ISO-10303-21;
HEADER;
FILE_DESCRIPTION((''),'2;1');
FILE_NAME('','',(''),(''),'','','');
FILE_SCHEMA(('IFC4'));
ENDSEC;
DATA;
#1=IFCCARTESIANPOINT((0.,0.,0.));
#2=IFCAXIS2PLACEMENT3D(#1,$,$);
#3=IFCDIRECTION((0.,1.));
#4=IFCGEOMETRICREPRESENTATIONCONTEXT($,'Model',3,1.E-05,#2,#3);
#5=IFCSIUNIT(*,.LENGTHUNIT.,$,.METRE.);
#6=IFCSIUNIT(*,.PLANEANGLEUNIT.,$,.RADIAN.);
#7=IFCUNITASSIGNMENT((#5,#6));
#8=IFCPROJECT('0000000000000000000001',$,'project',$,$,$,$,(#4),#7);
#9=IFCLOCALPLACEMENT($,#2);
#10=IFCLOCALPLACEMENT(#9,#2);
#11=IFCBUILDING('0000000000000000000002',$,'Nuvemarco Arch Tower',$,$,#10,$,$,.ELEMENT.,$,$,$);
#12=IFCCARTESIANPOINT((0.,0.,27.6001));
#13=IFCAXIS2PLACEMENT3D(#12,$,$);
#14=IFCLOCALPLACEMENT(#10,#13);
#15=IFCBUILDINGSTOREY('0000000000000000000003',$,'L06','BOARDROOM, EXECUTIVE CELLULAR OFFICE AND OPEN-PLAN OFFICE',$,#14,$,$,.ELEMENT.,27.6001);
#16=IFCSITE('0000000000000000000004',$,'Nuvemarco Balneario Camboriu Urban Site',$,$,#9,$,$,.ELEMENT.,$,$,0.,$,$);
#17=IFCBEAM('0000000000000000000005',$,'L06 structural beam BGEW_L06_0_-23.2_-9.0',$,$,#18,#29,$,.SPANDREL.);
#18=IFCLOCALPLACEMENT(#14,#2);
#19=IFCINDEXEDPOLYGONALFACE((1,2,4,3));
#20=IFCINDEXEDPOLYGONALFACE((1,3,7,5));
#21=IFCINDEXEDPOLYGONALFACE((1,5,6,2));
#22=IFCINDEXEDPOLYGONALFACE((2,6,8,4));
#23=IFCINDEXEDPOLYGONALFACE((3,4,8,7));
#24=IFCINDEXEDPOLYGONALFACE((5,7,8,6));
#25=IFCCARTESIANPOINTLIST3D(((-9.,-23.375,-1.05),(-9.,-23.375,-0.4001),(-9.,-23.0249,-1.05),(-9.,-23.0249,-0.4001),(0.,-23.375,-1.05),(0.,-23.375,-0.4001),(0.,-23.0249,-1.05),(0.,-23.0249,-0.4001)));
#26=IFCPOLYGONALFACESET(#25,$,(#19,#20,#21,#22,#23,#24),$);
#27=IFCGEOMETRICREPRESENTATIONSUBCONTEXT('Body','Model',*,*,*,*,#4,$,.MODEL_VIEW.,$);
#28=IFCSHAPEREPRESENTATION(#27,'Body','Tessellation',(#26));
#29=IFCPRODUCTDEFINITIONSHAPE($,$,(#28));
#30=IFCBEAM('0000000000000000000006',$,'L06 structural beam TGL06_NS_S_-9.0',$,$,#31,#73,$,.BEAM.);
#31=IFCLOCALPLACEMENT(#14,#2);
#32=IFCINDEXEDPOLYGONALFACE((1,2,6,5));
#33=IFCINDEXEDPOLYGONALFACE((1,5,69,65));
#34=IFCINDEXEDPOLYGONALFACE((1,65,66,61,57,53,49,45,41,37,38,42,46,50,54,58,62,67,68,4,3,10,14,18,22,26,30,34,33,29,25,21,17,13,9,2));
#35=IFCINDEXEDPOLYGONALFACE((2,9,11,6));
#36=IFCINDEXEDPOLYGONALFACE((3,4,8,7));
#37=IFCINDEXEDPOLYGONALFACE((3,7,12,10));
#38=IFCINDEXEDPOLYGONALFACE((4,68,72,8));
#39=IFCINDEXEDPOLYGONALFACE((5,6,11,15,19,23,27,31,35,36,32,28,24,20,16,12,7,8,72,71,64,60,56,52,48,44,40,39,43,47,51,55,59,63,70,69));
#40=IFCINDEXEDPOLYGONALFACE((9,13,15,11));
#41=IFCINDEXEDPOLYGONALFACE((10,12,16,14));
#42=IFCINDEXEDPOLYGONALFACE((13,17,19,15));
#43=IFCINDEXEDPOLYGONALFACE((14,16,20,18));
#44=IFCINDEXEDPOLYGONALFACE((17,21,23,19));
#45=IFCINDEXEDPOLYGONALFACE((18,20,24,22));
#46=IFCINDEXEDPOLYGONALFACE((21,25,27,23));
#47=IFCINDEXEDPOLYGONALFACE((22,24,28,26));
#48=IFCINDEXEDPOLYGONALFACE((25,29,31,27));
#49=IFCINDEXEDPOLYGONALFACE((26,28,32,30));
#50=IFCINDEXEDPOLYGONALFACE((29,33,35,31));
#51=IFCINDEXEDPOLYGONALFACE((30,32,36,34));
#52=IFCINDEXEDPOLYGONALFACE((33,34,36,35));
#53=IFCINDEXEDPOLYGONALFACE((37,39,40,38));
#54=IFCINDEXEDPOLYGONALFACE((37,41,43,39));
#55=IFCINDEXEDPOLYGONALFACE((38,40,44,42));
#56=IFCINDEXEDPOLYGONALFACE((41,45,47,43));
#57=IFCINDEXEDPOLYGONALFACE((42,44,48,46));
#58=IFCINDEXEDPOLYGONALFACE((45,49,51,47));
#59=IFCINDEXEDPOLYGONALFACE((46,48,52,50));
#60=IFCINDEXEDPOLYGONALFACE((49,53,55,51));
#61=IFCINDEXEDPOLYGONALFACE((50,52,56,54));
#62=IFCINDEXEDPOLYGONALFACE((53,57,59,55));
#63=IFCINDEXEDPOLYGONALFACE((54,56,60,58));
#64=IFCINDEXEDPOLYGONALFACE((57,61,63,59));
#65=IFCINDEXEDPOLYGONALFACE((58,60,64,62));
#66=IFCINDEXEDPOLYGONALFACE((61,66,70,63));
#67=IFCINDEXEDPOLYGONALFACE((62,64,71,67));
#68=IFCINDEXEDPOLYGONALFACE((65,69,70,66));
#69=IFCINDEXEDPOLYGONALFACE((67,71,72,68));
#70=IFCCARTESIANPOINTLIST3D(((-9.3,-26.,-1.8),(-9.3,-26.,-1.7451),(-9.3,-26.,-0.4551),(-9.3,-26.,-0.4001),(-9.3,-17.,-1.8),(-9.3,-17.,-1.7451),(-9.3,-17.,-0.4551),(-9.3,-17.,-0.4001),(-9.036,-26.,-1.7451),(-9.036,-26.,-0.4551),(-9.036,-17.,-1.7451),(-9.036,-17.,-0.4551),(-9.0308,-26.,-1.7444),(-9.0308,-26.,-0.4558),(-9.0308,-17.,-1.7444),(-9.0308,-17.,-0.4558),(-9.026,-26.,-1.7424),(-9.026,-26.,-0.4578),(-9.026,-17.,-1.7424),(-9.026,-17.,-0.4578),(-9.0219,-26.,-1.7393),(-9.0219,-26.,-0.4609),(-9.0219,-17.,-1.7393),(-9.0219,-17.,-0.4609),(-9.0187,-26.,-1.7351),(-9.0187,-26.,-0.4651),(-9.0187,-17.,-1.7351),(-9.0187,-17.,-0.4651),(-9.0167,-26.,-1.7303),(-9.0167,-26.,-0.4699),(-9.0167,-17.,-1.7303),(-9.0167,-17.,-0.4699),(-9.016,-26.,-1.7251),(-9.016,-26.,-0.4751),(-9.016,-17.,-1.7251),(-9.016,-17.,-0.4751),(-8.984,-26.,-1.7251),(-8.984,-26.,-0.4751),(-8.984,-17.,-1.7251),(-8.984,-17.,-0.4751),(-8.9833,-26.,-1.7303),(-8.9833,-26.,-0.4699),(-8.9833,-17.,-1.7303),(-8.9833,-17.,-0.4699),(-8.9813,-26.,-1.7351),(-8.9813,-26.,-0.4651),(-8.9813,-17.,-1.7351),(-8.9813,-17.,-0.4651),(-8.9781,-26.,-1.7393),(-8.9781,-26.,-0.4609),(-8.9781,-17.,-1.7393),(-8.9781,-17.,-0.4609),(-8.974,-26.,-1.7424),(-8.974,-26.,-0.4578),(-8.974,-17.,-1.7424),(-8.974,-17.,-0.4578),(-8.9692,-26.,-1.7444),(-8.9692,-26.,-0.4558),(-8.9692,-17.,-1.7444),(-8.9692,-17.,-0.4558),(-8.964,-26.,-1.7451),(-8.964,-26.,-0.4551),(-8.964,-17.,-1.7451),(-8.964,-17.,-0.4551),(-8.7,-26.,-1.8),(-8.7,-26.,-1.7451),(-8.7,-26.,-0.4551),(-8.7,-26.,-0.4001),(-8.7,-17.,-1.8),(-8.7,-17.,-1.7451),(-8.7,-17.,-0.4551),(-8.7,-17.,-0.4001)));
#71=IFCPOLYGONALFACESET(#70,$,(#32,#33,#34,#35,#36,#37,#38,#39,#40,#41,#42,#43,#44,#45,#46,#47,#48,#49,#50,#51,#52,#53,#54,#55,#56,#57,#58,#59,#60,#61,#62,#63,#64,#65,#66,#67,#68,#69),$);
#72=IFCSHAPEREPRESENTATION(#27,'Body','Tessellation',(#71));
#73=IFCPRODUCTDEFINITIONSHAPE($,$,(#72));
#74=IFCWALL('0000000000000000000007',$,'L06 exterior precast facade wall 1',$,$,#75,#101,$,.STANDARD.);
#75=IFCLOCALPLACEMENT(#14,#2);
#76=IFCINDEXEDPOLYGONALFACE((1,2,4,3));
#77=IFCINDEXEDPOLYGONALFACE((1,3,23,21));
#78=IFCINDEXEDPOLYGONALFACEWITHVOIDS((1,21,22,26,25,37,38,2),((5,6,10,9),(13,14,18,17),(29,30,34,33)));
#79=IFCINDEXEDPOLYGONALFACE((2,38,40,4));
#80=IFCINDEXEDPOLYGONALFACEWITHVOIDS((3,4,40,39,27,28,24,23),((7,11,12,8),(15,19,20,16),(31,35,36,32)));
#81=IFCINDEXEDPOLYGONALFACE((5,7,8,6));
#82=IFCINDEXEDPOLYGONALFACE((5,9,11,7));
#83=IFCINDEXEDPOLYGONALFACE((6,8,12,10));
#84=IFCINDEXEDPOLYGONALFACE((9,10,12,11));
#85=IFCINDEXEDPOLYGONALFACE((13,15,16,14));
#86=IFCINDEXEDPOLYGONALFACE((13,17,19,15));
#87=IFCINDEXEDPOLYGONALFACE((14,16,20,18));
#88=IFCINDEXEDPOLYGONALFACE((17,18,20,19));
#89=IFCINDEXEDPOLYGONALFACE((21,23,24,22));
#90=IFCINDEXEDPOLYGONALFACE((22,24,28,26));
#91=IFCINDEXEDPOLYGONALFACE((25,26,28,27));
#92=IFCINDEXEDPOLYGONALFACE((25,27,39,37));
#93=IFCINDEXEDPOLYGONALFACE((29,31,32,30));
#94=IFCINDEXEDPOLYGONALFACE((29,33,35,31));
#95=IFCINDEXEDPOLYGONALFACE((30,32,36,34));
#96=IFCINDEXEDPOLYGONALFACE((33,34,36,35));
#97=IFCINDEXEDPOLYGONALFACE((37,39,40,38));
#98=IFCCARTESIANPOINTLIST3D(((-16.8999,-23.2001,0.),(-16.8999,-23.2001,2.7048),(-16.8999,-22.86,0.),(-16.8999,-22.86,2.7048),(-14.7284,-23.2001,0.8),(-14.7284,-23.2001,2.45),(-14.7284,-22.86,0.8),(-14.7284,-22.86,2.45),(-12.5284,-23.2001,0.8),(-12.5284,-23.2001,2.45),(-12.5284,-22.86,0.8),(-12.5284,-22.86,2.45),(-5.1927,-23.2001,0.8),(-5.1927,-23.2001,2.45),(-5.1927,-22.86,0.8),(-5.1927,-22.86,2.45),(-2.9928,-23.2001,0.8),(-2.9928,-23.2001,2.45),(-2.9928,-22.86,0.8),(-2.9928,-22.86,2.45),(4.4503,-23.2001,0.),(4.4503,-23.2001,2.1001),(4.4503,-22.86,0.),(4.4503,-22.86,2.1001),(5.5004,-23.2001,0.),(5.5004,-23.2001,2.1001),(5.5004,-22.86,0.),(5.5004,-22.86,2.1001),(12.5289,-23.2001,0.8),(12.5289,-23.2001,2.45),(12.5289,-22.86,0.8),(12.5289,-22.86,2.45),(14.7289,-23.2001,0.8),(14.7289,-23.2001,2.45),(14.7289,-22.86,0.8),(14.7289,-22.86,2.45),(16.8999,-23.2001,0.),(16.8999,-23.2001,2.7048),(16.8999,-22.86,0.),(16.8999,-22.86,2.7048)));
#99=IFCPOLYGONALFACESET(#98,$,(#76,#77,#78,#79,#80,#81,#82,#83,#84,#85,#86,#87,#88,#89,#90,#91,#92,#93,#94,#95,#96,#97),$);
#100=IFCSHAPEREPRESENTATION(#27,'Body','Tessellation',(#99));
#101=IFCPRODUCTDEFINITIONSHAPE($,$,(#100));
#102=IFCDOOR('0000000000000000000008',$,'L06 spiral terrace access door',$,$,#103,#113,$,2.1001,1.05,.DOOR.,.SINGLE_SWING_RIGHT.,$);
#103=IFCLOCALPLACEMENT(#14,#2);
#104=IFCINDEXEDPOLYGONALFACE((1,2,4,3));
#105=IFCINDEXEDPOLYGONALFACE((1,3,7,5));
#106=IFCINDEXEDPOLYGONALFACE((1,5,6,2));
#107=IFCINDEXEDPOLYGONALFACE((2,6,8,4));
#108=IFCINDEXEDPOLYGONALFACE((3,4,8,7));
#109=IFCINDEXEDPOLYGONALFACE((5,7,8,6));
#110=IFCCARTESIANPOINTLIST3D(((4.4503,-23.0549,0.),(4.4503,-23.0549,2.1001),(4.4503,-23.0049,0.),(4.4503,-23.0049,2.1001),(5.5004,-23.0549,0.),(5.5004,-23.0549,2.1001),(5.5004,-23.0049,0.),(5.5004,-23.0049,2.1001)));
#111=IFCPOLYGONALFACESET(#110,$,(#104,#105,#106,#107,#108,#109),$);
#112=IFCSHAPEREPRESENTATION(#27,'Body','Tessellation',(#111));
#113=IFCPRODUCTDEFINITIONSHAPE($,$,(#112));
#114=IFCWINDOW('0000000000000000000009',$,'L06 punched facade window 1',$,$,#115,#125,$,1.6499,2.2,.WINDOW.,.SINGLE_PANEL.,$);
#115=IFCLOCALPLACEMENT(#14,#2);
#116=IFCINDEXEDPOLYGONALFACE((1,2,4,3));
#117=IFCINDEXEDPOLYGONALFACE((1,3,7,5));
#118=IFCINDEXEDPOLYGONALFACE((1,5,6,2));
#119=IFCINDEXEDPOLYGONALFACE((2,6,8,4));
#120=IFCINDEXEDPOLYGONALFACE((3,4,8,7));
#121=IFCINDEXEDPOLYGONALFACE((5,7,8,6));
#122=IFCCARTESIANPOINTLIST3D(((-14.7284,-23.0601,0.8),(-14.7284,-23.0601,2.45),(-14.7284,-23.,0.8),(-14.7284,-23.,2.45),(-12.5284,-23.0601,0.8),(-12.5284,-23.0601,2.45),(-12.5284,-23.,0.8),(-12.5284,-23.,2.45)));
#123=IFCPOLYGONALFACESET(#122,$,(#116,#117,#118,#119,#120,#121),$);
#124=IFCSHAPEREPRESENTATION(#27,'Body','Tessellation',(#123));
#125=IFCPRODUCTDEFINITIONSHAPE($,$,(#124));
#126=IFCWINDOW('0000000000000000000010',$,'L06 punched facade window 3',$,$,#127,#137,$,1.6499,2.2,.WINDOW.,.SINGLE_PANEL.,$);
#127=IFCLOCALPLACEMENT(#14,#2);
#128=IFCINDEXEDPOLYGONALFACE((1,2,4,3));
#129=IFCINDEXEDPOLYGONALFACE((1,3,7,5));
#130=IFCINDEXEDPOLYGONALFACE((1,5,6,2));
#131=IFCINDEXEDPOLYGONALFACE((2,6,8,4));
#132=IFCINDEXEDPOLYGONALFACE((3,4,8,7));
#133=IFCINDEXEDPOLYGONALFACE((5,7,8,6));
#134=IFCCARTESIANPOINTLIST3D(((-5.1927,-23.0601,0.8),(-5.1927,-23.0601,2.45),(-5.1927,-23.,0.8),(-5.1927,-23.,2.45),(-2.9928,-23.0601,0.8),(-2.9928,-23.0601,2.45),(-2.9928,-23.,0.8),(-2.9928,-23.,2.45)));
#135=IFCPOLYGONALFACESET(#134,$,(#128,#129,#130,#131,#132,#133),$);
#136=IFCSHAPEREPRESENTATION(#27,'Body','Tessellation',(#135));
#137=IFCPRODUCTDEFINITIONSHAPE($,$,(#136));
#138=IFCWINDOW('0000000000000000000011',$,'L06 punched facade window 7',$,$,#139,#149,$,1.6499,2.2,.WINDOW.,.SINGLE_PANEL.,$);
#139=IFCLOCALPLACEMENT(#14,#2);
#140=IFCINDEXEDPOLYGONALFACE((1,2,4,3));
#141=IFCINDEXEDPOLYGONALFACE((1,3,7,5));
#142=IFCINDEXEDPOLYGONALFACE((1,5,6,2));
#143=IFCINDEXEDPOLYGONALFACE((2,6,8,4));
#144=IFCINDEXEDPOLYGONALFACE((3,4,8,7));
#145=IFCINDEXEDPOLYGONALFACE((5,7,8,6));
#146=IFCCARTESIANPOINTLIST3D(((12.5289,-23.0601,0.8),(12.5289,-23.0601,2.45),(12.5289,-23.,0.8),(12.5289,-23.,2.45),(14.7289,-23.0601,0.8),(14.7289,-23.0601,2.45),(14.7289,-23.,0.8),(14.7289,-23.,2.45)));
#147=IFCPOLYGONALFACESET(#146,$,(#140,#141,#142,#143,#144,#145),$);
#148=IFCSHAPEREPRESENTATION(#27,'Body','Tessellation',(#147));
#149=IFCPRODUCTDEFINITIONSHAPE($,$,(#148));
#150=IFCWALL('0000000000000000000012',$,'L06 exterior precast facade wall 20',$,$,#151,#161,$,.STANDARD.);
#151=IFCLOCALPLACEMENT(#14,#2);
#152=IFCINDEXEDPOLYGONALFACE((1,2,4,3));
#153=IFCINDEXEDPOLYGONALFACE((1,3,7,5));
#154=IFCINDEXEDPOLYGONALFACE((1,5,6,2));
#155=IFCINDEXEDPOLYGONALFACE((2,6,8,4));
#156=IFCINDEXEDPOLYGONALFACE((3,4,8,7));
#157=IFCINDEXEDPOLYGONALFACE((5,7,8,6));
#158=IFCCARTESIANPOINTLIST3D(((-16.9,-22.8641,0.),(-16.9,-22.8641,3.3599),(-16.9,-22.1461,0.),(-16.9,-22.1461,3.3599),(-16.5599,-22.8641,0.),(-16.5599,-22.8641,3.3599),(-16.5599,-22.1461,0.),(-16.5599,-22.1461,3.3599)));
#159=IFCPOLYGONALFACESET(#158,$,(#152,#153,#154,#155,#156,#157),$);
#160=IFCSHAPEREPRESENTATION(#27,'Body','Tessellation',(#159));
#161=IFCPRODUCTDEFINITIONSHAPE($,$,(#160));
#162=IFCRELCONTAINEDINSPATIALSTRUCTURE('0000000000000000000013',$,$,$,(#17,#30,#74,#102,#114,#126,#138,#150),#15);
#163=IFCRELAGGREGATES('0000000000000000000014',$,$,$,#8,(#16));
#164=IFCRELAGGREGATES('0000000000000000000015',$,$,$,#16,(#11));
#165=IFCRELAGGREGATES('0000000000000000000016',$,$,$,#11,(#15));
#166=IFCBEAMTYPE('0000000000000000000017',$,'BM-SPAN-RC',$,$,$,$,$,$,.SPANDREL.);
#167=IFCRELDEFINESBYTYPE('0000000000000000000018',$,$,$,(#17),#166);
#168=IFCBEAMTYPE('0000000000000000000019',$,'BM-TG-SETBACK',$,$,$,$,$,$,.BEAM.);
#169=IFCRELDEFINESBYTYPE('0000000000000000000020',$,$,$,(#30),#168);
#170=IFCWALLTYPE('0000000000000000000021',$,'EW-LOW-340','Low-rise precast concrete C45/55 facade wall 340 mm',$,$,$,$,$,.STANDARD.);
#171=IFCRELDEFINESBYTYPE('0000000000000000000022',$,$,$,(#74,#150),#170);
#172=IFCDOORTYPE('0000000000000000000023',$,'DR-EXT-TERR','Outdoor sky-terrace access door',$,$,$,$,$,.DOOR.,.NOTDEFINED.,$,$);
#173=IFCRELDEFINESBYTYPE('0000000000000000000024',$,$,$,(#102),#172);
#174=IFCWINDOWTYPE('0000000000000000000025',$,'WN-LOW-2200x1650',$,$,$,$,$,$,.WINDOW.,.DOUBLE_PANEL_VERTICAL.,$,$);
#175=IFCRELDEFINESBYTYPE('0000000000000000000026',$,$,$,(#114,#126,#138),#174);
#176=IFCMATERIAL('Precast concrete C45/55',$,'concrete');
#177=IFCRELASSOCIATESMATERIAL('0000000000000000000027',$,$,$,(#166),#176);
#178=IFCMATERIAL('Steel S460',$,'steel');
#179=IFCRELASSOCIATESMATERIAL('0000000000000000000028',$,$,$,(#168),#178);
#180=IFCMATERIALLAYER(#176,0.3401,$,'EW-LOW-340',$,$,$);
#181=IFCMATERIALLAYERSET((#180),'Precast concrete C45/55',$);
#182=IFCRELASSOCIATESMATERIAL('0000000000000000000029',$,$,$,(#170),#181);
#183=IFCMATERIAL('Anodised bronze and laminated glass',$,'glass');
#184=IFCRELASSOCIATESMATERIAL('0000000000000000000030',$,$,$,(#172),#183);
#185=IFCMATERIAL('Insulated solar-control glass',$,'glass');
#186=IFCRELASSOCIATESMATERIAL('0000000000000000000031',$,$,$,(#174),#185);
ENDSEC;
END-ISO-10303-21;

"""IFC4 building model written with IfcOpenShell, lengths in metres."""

from ifc_helpers import new_model, si_unit, direction, frame, frame_2d, origin, origin_2d, place, context, subcontext, project, spatial, rectangle, i_section, extrude, source, transform, mapped, material, layer, layer_set, material_profile, profile_set, type_object, type_shapes, element, fill, save


model = new_model("IFC4")

# Units and contexts
model_context = context("Model", 3, precision=1e-05, world=origin(), true_north=direction((0.0, 1.0)))
body_context = subcontext(model_context, "Body", "Model", "MODEL_VIEW")
ifc_project = project(units=[si_unit("LENGTHUNIT", "METRE"), si_unit("PLANEANGLEUNIT", "RADIAN")], contexts=[model_context])

# Site, building, storey
site_placement = place(None, origin())
site = spatial("IfcSite", under=ifc_project, at=site_placement, Name="Nuvemarco Balneario Camboriu Urban Site", CompositionType="ELEMENT", RefElevation=0.0)
building_placement = place(site_placement, origin())
building = spatial("IfcBuilding", under=site, at=building_placement, Name="Nuvemarco Arch Tower", CompositionType="ELEMENT")
storey_placement = place(building_placement, frame((0.0, 0.0, 27.6001)))
storey = spatial("IfcBuildingStorey", under=building, at=storey_placement, Name="L06", Description="BOARDROOM, EXECUTIVE CELLULAR OFFICE AND OPEN-PLAN OFFICE", CompositionType="ELEMENT", Elevation=27.6001)

# Shared definitions
ifc_material_1 = material(Name="Steel S460", Category="steel")

# Beams
ifc_material_2 = material(Name="Precast concrete C45/55", Category="concrete")
ifc_material_profile_1 = material_profile(ifc_material_2, rectangle(XDim=0.3501, YDim=0.6499, at=origin_2d()), Name="PC-SP-350x650")
ifc_profile_set_1 = profile_set([ifc_material_profile_1], Name="Precast concrete C45/55")
beam_type_1 = type_object("IfcBeamType", Name="BM-SPAN-RC", PredefinedType="SPANDREL", material=ifc_profile_set_1)
beam_1_placement = place(storey_placement, frame((-9.0, -23.2, -0.7251), z_axis=(1.0, 0.0, 0.0), x_axis=(0.0, 1.0, 0.0)))
element("IfcBeam", 1, at=beam_1_placement, inside=storey, type_object=beam_type_1, Name="L06 structural beam BGEW_L06_0_-23.2_-9.0", PredefinedType="SPANDREL", context=body_context, shape_type="SweptSolid", body=[
    extrude(rectangle(XDim=0.3501, YDim=0.6499, at=origin_2d()), origin(), (0.0, 0.0, 1.0), 9.0),
])
ifc_material_profile_2 = material_profile(ifc_material_1, i_section(OverallWidth=0.6001, OverallDepth=1.3999, WebThickness=0.032, FlangeThickness=0.0549, FilletRadius=0.02, at=origin_2d()), Name="PG1400x600")
ifc_profile_set_2 = profile_set([ifc_material_profile_2], Name="Steel S460")
beam_type_2 = type_object("IfcBeamType", Name="BM-TG-SETBACK", PredefinedType="BEAM", material=ifc_profile_set_2)
beam_2_placement = place(storey_placement, frame((-9.0, -26.0, -1.1001), z_axis=(0.0, 1.0, 0.0), x_axis=(-1.0, 0.0, 0.0)))
element("IfcBeam", 2, at=beam_2_placement, inside=storey, type_object=beam_type_2, Name="L06 structural beam TGL06_NS_S_-9.0", PredefinedType="BEAM", context=body_context, shape_type="SweptSolid", body=[
    extrude(i_section(OverallWidth=0.6001, OverallDepth=1.3999, WebThickness=0.032, FlangeThickness=0.0549, FilletRadius=0.02, at=origin_2d()), origin(), (0.0, 0.0, 1.0), 9.0),
])

# Wall, openings, door, windows
ifc_layer_1 = layer(ifc_material_2, 0.3401, Name="EW-LOW-340")
ifc_layer_set_1 = layer_set([ifc_layer_1], Name="Precast concrete C45/55")
wall_type_1 = type_object("IfcWallType", Name="EW-LOW-340", Description="Low-rise precast concrete C45/55 facade wall 340 mm", PredefinedType="STANDARD", material=ifc_layer_set_1)
wall_1_placement = place(storey_placement, frame((-16.8999, -23.03, 0.0), z_axis=(0.0, 0.0, 1.0), x_axis=(1.0, 0.0, 0.0)))
wall_1 = element("IfcWall", 3, at=wall_1_placement, inside=storey, type_object=wall_type_1, Name="L06 exterior precast facade wall 1", PredefinedType="STANDARD", context=body_context, shape_type="SweptSolid", body=[
    extrude(rectangle(XDim=33.7998, YDim=0.3401, at=frame_2d((16.8999, 0.0))), origin(), (0.0, 0.0, 1.0), 2.7048),
])
opening_1_placement = place(wall_1_placement, frame((22.4001, 0.0, 0.0), z_axis=(0.0, 0.0, 1.0), x_axis=(-1.0, 0.0, 0.0)))
opening_1 = element("IfcOpeningElement", 4, at=opening_1_placement, cuts=wall_1, PredefinedType="OPENING", context=body_context, shape_type="SweptSolid", body=[
    extrude(rectangle(XDim=1.05, YDim=2.1001, at=frame_2d((0.5249, 1.05))), frame((0.0, 0.1799, 0.0), z_axis=(0.0, -1.0, 0.0), x_axis=(1.0, 0.0, 0.0)), (0.0, 0.0, 1.0), 0.3601),
])
opening_2_placement = place(wall_1_placement, frame((2.1714, 0.0, 0.8)))
opening_2 = element("IfcOpeningElement", 5, at=opening_2_placement, cuts=wall_1, PredefinedType="OPENING", context=body_context, shape_type="SweptSolid", body=[
    extrude(rectangle(XDim=2.2, YDim=1.6499, at=frame_2d((1.1001, 0.825))), frame((0.0, 0.1799, 0.0), z_axis=(0.0, -1.0, 0.0), x_axis=(1.0, 0.0, 0.0)), (0.0, 0.0, 1.0), 0.3601),
])
opening_3_placement = place(wall_1_placement, frame((11.707, 0.0, 0.8)))
opening_3 = element("IfcOpeningElement", 6, at=opening_3_placement, cuts=wall_1, PredefinedType="OPENING", context=body_context, shape_type="SweptSolid", body=[
    extrude(rectangle(XDim=2.2, YDim=1.6499, at=frame_2d((1.1001, 0.825))), frame((0.0, 0.1799, 0.0), z_axis=(0.0, -1.0, 0.0), x_axis=(1.0, 0.0, 0.0)), (0.0, 0.0, 1.0), 0.3601),
])
opening_4_placement = place(wall_1_placement, frame((29.4287, 0.0, 0.8)))
opening_4 = element("IfcOpeningElement", 7, at=opening_4_placement, cuts=wall_1, PredefinedType="OPENING", context=body_context, shape_type="SweptSolid", body=[
    extrude(rectangle(XDim=2.2, YDim=1.6499, at=frame_2d((1.1001, 0.825))), frame((0.0, 0.1799, 0.0), z_axis=(0.0, -1.0, 0.0), x_axis=(1.0, 0.0, 0.0)), (0.0, 0.0, 1.0), 0.3601),
])
ifc_material_3 = material(Name="Anodised bronze and laminated glass", Category="glass")
door_type_1 = type_object("IfcDoorType", Name="DR-EXT-TERR", Description="Outdoor sky-terrace access door", OperationType="NOTDEFINED", PredefinedType="DOOR", material=ifc_material_3)
shared_shape_1 = source(origin(), body_context, "Body", "SweptSolid", [
    extrude(rectangle(XDim=1.05, YDim=2.1001, at=frame_2d((0.5249, 1.05))), frame((0.0, 0.0249, 0.0), z_axis=(0.0, -1.0, 0.0), x_axis=(1.0, 0.0, 0.0)), (0.0, 0.0, 1.0), 0.05),
])
type_shapes(door_type_1, [shared_shape_1])
door_1_placement = place(opening_1_placement, origin())
door_1 = element("IfcDoor", 8, at=door_1_placement, inside=storey, type_object=door_type_1, Name="L06 spiral terrace access door", OperationType="SINGLE_SWING_RIGHT", OverallHeight=2.1001, OverallWidth=1.05, PredefinedType="DOOR", context=body_context, shape_type="MappedRepresentation", body=[
    mapped(shared_shape_1, transform((0.0, 0.0, 0.0), scale=1.0)),
])
fill(opening_1, door_1)
ifc_material_4 = material(Name="Insulated solar-control glass", Category="glass")
window_type = type_object("IfcWindowType", Name="WN-LOW-2200x1650", PartitioningType="DOUBLE_PANEL_VERTICAL", PredefinedType="WINDOW", material=ifc_material_4)
shared_shape_2 = source(origin(), body_context, "Body", "SweptSolid", [
    extrude(rectangle(XDim=2.2, YDim=1.6499, at=frame_2d((1.1001, 0.825))), frame((0.0, 0.03, 0.0), z_axis=(0.0, -1.0, 0.0), x_axis=(1.0, 0.0, 0.0)), (0.0, 0.0, 1.0), 0.0601),
])
type_shapes(window_type, [shared_shape_2])
window_1_placement = place(opening_2_placement, origin())
window_1 = element("IfcWindow", 9, at=window_1_placement, inside=storey, type_object=window_type, Name="L06 punched facade window 1", OverallHeight=1.6499, OverallWidth=2.2, PartitioningType="SINGLE_PANEL", PredefinedType="WINDOW", context=body_context, shape_type="MappedRepresentation", body=[
    mapped(shared_shape_2, transform((0.0, 0.0, 0.0), scale=1.0)),
])
fill(opening_2, window_1)
window_2_placement = place(opening_3_placement, origin())
window_2 = element("IfcWindow", 10, at=window_2_placement, inside=storey, type_object=window_type, Name="L06 punched facade window 3", OverallHeight=1.6499, OverallWidth=2.2, PartitioningType="SINGLE_PANEL", PredefinedType="WINDOW", context=body_context, shape_type="MappedRepresentation", body=[
    mapped(shared_shape_2, transform((0.0, 0.0, 0.0), scale=1.0)),
])
fill(opening_3, window_2)
window_3_placement = place(opening_4_placement, origin())
window_3 = element("IfcWindow", 11, at=window_3_placement, inside=storey, type_object=window_type, Name="L06 punched facade window 7", OverallHeight=1.6499, OverallWidth=2.2, PartitioningType="SINGLE_PANEL", PredefinedType="WINDOW", context=body_context, shape_type="MappedRepresentation", body=[
    mapped(shared_shape_2, transform((0.0, 0.0, 0.0), scale=1.0)),
])
fill(opening_4, window_3)

# Wall
wall_2_placement = place(storey_placement, frame((-16.73, -22.864, 0.0), z_axis=(0.0, 0.0, 1.0), x_axis=(0.0, 1.0, 0.0)))
element("IfcWall", 12, at=wall_2_placement, inside=storey, type_object=wall_type_1, Name="L06 exterior precast facade wall 20", PredefinedType="STANDARD", context=body_context, shape_type="SweptSolid", body=[
    extrude(rectangle(XDim=0.718, YDim=0.3401, at=frame_2d((0.3589, 0.0))), origin(), (0.0, 0.0, 1.0), 3.3599),
])

save(model, "model.ifc")
